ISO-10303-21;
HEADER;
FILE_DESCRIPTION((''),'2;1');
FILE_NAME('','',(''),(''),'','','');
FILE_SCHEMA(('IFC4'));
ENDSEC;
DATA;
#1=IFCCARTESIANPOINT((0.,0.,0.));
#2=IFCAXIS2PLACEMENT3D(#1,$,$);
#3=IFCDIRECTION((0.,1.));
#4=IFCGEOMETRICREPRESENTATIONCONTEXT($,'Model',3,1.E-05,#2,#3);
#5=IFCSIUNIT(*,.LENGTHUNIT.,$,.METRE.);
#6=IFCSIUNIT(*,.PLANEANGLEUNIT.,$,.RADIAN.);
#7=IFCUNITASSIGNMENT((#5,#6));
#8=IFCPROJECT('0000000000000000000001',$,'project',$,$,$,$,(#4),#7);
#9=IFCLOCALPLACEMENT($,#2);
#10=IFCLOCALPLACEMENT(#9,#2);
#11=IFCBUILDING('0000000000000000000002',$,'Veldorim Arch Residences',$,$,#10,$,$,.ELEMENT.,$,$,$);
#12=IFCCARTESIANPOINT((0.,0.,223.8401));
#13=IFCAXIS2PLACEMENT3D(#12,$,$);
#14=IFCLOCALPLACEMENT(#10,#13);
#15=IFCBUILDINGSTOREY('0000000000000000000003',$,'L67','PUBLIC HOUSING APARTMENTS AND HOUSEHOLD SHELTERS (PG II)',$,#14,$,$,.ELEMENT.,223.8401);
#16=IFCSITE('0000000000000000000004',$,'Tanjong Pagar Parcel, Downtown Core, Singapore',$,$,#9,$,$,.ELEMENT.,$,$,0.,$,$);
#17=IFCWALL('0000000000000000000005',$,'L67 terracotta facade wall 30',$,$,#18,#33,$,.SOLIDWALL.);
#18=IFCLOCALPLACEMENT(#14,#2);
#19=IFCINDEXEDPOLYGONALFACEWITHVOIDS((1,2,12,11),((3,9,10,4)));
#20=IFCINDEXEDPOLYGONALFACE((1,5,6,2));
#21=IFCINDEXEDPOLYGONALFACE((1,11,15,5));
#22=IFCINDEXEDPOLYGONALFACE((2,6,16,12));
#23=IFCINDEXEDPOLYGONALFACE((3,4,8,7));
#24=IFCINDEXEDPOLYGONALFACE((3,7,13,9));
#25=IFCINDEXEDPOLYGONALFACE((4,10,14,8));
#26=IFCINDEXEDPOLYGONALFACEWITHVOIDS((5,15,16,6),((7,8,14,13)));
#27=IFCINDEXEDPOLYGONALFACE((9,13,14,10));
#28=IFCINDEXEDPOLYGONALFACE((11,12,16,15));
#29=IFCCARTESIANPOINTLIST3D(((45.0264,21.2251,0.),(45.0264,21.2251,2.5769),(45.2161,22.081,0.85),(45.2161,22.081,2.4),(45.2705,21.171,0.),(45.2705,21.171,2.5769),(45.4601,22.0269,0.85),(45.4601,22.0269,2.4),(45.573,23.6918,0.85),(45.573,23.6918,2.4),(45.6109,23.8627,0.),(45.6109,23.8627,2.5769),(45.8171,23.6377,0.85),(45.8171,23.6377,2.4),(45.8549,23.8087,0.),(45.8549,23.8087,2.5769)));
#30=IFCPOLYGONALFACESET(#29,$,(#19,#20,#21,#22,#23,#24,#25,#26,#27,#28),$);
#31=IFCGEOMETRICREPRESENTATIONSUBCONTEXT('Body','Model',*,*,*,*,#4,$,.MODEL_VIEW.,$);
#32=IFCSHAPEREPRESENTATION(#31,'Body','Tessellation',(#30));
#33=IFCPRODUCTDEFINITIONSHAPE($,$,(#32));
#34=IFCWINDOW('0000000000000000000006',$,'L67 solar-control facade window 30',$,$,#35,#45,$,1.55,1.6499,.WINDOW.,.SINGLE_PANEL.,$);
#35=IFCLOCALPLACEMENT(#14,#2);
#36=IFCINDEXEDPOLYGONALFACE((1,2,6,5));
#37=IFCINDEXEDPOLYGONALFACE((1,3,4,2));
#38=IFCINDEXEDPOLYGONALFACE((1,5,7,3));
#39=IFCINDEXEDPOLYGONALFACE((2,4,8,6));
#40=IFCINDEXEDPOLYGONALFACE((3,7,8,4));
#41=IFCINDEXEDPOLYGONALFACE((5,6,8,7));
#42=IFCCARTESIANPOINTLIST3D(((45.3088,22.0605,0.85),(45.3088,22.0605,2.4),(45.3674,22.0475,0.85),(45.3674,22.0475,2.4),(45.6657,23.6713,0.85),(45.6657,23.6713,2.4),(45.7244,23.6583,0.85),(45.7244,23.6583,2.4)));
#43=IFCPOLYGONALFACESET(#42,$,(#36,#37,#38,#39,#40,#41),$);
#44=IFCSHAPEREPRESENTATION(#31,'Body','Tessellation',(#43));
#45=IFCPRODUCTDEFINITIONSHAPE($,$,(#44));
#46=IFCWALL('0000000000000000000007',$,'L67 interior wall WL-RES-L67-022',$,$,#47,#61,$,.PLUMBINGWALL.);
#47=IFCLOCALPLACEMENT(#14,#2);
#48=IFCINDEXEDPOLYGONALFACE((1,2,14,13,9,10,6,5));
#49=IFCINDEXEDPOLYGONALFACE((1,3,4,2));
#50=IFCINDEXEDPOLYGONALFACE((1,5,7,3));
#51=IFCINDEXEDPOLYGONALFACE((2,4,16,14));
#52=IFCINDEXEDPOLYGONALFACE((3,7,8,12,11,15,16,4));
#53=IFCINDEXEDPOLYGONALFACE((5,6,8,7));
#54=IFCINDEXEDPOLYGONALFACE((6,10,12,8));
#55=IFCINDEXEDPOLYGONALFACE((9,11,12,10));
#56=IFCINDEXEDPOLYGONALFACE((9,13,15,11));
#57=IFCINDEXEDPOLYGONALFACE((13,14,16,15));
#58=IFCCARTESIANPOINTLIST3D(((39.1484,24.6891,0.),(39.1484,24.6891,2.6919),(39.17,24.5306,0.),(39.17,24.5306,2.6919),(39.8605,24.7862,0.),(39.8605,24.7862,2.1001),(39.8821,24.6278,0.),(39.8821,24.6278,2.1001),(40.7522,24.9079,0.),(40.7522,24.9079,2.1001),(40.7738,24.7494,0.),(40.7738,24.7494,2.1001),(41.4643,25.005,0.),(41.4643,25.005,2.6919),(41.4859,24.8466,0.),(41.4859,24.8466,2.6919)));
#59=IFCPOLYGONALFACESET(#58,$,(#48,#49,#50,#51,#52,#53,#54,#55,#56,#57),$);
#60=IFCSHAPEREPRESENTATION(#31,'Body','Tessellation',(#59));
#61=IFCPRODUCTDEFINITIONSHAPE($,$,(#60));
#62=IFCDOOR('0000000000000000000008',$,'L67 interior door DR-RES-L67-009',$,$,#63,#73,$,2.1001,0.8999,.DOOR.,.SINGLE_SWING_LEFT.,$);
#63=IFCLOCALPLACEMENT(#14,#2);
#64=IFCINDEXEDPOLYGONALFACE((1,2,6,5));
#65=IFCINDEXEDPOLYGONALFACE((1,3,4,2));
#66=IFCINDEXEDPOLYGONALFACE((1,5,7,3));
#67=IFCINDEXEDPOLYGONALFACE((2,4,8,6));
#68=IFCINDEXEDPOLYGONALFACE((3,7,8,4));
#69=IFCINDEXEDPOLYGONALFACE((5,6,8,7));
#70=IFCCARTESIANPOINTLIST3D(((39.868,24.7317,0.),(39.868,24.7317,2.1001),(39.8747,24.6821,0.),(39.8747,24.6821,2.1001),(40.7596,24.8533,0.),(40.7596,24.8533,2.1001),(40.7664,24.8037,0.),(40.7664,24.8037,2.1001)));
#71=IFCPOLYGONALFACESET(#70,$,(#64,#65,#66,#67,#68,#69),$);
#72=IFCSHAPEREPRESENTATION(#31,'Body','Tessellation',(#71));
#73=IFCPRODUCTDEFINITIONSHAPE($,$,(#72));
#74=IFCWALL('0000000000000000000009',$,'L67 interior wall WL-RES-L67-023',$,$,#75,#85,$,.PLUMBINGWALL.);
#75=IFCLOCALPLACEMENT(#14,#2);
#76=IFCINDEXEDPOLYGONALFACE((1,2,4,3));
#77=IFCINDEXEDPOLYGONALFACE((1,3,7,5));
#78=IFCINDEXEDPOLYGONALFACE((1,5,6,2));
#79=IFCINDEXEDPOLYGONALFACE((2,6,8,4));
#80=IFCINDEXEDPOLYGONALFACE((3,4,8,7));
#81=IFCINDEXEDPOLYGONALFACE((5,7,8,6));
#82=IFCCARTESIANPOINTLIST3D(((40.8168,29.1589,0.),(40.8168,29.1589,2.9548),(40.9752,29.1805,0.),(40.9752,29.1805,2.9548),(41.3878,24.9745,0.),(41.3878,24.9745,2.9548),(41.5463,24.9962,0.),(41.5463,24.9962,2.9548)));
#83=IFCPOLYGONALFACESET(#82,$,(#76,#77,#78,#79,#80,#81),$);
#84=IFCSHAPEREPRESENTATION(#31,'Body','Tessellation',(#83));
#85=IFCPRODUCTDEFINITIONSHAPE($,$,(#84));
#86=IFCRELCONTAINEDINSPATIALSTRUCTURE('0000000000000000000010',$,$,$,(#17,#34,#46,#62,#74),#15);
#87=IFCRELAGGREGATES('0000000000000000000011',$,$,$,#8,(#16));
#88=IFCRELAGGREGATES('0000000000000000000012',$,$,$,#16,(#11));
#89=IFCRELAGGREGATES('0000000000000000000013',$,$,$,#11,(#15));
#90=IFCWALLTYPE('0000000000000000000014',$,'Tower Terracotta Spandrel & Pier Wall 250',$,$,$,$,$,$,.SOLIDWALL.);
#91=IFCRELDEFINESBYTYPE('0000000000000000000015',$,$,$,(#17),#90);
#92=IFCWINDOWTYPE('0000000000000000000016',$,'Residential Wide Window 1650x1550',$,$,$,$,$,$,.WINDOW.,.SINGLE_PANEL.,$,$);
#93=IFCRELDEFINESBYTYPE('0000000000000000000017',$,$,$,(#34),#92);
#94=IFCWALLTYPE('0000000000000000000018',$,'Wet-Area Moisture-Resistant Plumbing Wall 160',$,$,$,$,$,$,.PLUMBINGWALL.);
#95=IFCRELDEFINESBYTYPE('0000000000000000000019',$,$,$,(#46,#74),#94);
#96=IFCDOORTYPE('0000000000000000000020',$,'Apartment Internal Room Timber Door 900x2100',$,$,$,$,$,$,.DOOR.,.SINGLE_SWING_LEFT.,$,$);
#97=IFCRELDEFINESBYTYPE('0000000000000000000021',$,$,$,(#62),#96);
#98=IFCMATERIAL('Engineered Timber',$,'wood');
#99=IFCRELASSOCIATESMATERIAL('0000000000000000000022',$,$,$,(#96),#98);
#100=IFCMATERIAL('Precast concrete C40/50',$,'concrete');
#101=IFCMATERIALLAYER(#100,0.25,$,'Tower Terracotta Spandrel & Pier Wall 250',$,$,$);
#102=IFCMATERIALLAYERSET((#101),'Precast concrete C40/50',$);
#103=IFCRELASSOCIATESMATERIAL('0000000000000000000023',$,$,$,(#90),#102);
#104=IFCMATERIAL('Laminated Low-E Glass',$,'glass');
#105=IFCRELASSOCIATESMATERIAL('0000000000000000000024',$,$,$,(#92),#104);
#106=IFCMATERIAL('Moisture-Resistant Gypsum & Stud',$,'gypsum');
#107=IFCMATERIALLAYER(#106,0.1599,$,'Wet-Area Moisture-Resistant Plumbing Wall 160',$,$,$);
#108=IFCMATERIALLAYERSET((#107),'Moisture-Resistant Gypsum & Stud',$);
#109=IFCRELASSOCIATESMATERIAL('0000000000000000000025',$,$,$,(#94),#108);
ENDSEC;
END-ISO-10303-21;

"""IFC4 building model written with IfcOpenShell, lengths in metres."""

from ifc_helpers import new_model, si_unit, direction, frame, frame_2d, origin, place, context, subcontext, project, spatial, rectangle, extrude, material, layer, layer_set, type_object, element, fill, save


model = new_model("IFC4")

# Units and contexts
model_context = context("Model", 3, precision=1e-05, world=origin(), true_north=direction((0.0, 1.0)))
body_context = subcontext(model_context, "Body", "Model", "MODEL_VIEW")
ifc_project = project(units=[si_unit("LENGTHUNIT", "METRE"), si_unit("PLANEANGLEUNIT", "RADIAN")], contexts=[model_context])

# Site, building, storey
site_placement = place(None, origin())
site = spatial("IfcSite", under=ifc_project, at=site_placement, Name="Tanjong Pagar Parcel, Downtown Core, Singapore", CompositionType="ELEMENT", RefElevation=0.0)
building_placement = place(site_placement, origin())
building = spatial("IfcBuilding", under=site, at=building_placement, Name="Veldorim Arch Residences", CompositionType="ELEMENT")
storey_placement = place(building_placement, frame((0.0, 0.0, 223.8401)))
storey = spatial("IfcBuildingStorey", under=building, at=storey_placement, Name="L67", Description="PUBLIC HOUSING APARTMENTS AND HOUSEHOLD SHELTERS (PG II)", CompositionType="ELEMENT", Elevation=223.8401)

# Shared definitions
ifc_material_1 = material(Name="Engineered Timber", Category="wood")
door_type = type_object("IfcDoorType", Name="Apartment Internal Room Timber Door 900x2100", OperationType="SINGLE_SWING_LEFT", PredefinedType="DOOR", material=ifc_material_1)

# Shared definitions
ifc_material_2 = material(Name="Precast concrete C40/50", Category="concrete")
ifc_layer_1 = layer(ifc_material_2, 0.25, Name="Tower Terracotta Spandrel & Pier Wall 250")
ifc_layer_set_1 = layer_set([ifc_layer_1], Name="Precast concrete C40/50")
wall_type_1 = type_object("IfcWallType", Name="Tower Terracotta Spandrel & Pier Wall 250", PredefinedType="SOLIDWALL", material=ifc_layer_set_1)

# Wall, opening, window
wall_1_placement = place(storey_placement, frame((45.7329, 23.8357, 0.0), z_axis=(0.0, 0.0, 1.0), x_axis=(-0.216337, -0.976319, 0.0)))
wall_1 = element("IfcWall", 1, at=wall_1_placement, inside=storey, type_object=wall_type_1, Name="L67 terracotta facade wall 30", PredefinedType="SOLIDWALL", context=body_context, shape_type="SweptSolid", body=[
    extrude(rectangle(XDim=2.7017, YDim=0.25, at=frame_2d((1.3508, 0.0))), origin(), (0.0, 0.0, 1.0), 2.5769),
])
opening_1_placement = place(wall_1_placement, frame((0.175, 0.0, 0.8501)))
opening_1 = element("IfcOpeningElement", 2, at=opening_1_placement, cuts=wall_1, PredefinedType="OPENING", context=body_context, shape_type="SweptSolid", body=[
    extrude(rectangle(XDim=1.6499, YDim=1.55, at=frame_2d((0.825, 0.7749))), frame((0.0, 0.135, 0.0), z_axis=(0.0, -1.0, 0.0), x_axis=(1.0, 0.0, 0.0)), (0.0, 0.0, 1.0), 0.27),
])
ifc_material_3 = material(Name="Laminated Low-E Glass", Category="glass")
window_type = type_object("IfcWindowType", Name="Residential Wide Window 1650x1550", PartitioningType="SINGLE_PANEL", PredefinedType="WINDOW", material=ifc_material_3)
window_placement = place(opening_1_placement, origin())
window = element("IfcWindow", 3, at=window_placement, inside=storey, type_object=window_type, Name="L67 solar-control facade window 30", OverallHeight=1.55, OverallWidth=1.6499, PartitioningType="SINGLE_PANEL", PredefinedType="WINDOW", context=body_context, shape_type="SweptSolid", body=[
    extrude(rectangle(XDim=1.6499, YDim=1.55, at=frame_2d((0.825, 0.7749))), frame((0.0, 0.03, 0.0), z_axis=(0.0, -1.0, 0.0), x_axis=(1.0, 0.0, 0.0)), (0.0, 0.0, 1.0), 0.0601),
])
fill(opening_1, window)

# Wall, opening, door
ifc_material_4 = material(Name="Moisture-Resistant Gypsum & Stud", Category="gypsum")
ifc_layer_2 = layer(ifc_material_4, 0.1599, Name="Wet-Area Moisture-Resistant Plumbing Wall 160")
ifc_layer_set_2 = layer_set([ifc_layer_2], Name="Moisture-Resistant Gypsum & Stud")
wall_type_2 = type_object("IfcWallType", Name="Wet-Area Moisture-Resistant Plumbing Wall 160", PredefinedType="PLUMBINGWALL", material=ifc_layer_set_2)
wall_2_placement = place(storey_placement, frame((39.1592, 24.6099, 0.0), z_axis=(0.0, 0.0, 1.0), x_axis=(0.990824, 0.13516, 0.0)))
wall_2 = element("IfcWall", 4, at=wall_2_placement, inside=storey, type_object=wall_type_2, Name="L67 interior wall WL-RES-L67-022", PredefinedType="PLUMBINGWALL", context=body_context, shape_type="SweptSolid", body=[
    extrude(rectangle(XDim=2.3374, YDim=0.1599, at=frame_2d((1.1687, 0.0))), origin(), (0.0, 0.0, 1.0), 2.6919),
])
opening_2_placement = place(wall_2_placement, frame((0.7188, 0.0, 0.0)))
opening_2 = element("IfcOpeningElement", 5, at=opening_2_placement, cuts=wall_2, PredefinedType="OPENING", context=body_context, shape_type="SweptSolid", body=[
    extrude(rectangle(XDim=0.8999, YDim=2.1001, at=frame_2d((0.45, 1.05))), frame((0.0, 0.0898, 0.0), z_axis=(0.0, -1.0, 0.0), x_axis=(1.0, 0.0, 0.0)), (0.0, 0.0, 1.0), 0.1799),
])
door_1_placement = place(opening_2_placement, origin())
door_1 = element("IfcDoor", 6, at=door_1_placement, inside=storey, type_object=door_type, Name="L67 interior door DR-RES-L67-009", OperationType="SINGLE_SWING_LEFT", OverallHeight=2.1001, OverallWidth=0.8999, PredefinedType="DOOR", context=body_context, shape_type="SweptSolid", body=[
    extrude(rectangle(XDim=0.8999, YDim=2.1001, at=frame_2d((0.45, 1.05))), frame((0.0, 0.0249, 0.0), z_axis=(0.0, -1.0, 0.0), x_axis=(1.0, 0.0, 0.0)), (0.0, 0.0, 1.0), 0.05),
])
fill(opening_2, door_1)

# Wall
wall_3_placement = place(storey_placement, frame((41.467, 24.9854, 0.0), z_axis=(0.0, 0.0, 1.0), x_axis=(-0.135219, 0.990816, 0.0)))
element("IfcWall", 7, at=wall_3_placement, inside=storey, type_object=wall_type_2, Name="L67 interior wall WL-RES-L67-023", PredefinedType="PLUMBINGWALL", context=body_context, shape_type="SweptSolid", body=[
    extrude(rectangle(XDim=4.2231, YDim=0.1599, at=frame_2d((2.1116, 0.0))), origin(), (0.0, 0.0, 1.0), 2.9548),
])

save(model, "model.ifc")
